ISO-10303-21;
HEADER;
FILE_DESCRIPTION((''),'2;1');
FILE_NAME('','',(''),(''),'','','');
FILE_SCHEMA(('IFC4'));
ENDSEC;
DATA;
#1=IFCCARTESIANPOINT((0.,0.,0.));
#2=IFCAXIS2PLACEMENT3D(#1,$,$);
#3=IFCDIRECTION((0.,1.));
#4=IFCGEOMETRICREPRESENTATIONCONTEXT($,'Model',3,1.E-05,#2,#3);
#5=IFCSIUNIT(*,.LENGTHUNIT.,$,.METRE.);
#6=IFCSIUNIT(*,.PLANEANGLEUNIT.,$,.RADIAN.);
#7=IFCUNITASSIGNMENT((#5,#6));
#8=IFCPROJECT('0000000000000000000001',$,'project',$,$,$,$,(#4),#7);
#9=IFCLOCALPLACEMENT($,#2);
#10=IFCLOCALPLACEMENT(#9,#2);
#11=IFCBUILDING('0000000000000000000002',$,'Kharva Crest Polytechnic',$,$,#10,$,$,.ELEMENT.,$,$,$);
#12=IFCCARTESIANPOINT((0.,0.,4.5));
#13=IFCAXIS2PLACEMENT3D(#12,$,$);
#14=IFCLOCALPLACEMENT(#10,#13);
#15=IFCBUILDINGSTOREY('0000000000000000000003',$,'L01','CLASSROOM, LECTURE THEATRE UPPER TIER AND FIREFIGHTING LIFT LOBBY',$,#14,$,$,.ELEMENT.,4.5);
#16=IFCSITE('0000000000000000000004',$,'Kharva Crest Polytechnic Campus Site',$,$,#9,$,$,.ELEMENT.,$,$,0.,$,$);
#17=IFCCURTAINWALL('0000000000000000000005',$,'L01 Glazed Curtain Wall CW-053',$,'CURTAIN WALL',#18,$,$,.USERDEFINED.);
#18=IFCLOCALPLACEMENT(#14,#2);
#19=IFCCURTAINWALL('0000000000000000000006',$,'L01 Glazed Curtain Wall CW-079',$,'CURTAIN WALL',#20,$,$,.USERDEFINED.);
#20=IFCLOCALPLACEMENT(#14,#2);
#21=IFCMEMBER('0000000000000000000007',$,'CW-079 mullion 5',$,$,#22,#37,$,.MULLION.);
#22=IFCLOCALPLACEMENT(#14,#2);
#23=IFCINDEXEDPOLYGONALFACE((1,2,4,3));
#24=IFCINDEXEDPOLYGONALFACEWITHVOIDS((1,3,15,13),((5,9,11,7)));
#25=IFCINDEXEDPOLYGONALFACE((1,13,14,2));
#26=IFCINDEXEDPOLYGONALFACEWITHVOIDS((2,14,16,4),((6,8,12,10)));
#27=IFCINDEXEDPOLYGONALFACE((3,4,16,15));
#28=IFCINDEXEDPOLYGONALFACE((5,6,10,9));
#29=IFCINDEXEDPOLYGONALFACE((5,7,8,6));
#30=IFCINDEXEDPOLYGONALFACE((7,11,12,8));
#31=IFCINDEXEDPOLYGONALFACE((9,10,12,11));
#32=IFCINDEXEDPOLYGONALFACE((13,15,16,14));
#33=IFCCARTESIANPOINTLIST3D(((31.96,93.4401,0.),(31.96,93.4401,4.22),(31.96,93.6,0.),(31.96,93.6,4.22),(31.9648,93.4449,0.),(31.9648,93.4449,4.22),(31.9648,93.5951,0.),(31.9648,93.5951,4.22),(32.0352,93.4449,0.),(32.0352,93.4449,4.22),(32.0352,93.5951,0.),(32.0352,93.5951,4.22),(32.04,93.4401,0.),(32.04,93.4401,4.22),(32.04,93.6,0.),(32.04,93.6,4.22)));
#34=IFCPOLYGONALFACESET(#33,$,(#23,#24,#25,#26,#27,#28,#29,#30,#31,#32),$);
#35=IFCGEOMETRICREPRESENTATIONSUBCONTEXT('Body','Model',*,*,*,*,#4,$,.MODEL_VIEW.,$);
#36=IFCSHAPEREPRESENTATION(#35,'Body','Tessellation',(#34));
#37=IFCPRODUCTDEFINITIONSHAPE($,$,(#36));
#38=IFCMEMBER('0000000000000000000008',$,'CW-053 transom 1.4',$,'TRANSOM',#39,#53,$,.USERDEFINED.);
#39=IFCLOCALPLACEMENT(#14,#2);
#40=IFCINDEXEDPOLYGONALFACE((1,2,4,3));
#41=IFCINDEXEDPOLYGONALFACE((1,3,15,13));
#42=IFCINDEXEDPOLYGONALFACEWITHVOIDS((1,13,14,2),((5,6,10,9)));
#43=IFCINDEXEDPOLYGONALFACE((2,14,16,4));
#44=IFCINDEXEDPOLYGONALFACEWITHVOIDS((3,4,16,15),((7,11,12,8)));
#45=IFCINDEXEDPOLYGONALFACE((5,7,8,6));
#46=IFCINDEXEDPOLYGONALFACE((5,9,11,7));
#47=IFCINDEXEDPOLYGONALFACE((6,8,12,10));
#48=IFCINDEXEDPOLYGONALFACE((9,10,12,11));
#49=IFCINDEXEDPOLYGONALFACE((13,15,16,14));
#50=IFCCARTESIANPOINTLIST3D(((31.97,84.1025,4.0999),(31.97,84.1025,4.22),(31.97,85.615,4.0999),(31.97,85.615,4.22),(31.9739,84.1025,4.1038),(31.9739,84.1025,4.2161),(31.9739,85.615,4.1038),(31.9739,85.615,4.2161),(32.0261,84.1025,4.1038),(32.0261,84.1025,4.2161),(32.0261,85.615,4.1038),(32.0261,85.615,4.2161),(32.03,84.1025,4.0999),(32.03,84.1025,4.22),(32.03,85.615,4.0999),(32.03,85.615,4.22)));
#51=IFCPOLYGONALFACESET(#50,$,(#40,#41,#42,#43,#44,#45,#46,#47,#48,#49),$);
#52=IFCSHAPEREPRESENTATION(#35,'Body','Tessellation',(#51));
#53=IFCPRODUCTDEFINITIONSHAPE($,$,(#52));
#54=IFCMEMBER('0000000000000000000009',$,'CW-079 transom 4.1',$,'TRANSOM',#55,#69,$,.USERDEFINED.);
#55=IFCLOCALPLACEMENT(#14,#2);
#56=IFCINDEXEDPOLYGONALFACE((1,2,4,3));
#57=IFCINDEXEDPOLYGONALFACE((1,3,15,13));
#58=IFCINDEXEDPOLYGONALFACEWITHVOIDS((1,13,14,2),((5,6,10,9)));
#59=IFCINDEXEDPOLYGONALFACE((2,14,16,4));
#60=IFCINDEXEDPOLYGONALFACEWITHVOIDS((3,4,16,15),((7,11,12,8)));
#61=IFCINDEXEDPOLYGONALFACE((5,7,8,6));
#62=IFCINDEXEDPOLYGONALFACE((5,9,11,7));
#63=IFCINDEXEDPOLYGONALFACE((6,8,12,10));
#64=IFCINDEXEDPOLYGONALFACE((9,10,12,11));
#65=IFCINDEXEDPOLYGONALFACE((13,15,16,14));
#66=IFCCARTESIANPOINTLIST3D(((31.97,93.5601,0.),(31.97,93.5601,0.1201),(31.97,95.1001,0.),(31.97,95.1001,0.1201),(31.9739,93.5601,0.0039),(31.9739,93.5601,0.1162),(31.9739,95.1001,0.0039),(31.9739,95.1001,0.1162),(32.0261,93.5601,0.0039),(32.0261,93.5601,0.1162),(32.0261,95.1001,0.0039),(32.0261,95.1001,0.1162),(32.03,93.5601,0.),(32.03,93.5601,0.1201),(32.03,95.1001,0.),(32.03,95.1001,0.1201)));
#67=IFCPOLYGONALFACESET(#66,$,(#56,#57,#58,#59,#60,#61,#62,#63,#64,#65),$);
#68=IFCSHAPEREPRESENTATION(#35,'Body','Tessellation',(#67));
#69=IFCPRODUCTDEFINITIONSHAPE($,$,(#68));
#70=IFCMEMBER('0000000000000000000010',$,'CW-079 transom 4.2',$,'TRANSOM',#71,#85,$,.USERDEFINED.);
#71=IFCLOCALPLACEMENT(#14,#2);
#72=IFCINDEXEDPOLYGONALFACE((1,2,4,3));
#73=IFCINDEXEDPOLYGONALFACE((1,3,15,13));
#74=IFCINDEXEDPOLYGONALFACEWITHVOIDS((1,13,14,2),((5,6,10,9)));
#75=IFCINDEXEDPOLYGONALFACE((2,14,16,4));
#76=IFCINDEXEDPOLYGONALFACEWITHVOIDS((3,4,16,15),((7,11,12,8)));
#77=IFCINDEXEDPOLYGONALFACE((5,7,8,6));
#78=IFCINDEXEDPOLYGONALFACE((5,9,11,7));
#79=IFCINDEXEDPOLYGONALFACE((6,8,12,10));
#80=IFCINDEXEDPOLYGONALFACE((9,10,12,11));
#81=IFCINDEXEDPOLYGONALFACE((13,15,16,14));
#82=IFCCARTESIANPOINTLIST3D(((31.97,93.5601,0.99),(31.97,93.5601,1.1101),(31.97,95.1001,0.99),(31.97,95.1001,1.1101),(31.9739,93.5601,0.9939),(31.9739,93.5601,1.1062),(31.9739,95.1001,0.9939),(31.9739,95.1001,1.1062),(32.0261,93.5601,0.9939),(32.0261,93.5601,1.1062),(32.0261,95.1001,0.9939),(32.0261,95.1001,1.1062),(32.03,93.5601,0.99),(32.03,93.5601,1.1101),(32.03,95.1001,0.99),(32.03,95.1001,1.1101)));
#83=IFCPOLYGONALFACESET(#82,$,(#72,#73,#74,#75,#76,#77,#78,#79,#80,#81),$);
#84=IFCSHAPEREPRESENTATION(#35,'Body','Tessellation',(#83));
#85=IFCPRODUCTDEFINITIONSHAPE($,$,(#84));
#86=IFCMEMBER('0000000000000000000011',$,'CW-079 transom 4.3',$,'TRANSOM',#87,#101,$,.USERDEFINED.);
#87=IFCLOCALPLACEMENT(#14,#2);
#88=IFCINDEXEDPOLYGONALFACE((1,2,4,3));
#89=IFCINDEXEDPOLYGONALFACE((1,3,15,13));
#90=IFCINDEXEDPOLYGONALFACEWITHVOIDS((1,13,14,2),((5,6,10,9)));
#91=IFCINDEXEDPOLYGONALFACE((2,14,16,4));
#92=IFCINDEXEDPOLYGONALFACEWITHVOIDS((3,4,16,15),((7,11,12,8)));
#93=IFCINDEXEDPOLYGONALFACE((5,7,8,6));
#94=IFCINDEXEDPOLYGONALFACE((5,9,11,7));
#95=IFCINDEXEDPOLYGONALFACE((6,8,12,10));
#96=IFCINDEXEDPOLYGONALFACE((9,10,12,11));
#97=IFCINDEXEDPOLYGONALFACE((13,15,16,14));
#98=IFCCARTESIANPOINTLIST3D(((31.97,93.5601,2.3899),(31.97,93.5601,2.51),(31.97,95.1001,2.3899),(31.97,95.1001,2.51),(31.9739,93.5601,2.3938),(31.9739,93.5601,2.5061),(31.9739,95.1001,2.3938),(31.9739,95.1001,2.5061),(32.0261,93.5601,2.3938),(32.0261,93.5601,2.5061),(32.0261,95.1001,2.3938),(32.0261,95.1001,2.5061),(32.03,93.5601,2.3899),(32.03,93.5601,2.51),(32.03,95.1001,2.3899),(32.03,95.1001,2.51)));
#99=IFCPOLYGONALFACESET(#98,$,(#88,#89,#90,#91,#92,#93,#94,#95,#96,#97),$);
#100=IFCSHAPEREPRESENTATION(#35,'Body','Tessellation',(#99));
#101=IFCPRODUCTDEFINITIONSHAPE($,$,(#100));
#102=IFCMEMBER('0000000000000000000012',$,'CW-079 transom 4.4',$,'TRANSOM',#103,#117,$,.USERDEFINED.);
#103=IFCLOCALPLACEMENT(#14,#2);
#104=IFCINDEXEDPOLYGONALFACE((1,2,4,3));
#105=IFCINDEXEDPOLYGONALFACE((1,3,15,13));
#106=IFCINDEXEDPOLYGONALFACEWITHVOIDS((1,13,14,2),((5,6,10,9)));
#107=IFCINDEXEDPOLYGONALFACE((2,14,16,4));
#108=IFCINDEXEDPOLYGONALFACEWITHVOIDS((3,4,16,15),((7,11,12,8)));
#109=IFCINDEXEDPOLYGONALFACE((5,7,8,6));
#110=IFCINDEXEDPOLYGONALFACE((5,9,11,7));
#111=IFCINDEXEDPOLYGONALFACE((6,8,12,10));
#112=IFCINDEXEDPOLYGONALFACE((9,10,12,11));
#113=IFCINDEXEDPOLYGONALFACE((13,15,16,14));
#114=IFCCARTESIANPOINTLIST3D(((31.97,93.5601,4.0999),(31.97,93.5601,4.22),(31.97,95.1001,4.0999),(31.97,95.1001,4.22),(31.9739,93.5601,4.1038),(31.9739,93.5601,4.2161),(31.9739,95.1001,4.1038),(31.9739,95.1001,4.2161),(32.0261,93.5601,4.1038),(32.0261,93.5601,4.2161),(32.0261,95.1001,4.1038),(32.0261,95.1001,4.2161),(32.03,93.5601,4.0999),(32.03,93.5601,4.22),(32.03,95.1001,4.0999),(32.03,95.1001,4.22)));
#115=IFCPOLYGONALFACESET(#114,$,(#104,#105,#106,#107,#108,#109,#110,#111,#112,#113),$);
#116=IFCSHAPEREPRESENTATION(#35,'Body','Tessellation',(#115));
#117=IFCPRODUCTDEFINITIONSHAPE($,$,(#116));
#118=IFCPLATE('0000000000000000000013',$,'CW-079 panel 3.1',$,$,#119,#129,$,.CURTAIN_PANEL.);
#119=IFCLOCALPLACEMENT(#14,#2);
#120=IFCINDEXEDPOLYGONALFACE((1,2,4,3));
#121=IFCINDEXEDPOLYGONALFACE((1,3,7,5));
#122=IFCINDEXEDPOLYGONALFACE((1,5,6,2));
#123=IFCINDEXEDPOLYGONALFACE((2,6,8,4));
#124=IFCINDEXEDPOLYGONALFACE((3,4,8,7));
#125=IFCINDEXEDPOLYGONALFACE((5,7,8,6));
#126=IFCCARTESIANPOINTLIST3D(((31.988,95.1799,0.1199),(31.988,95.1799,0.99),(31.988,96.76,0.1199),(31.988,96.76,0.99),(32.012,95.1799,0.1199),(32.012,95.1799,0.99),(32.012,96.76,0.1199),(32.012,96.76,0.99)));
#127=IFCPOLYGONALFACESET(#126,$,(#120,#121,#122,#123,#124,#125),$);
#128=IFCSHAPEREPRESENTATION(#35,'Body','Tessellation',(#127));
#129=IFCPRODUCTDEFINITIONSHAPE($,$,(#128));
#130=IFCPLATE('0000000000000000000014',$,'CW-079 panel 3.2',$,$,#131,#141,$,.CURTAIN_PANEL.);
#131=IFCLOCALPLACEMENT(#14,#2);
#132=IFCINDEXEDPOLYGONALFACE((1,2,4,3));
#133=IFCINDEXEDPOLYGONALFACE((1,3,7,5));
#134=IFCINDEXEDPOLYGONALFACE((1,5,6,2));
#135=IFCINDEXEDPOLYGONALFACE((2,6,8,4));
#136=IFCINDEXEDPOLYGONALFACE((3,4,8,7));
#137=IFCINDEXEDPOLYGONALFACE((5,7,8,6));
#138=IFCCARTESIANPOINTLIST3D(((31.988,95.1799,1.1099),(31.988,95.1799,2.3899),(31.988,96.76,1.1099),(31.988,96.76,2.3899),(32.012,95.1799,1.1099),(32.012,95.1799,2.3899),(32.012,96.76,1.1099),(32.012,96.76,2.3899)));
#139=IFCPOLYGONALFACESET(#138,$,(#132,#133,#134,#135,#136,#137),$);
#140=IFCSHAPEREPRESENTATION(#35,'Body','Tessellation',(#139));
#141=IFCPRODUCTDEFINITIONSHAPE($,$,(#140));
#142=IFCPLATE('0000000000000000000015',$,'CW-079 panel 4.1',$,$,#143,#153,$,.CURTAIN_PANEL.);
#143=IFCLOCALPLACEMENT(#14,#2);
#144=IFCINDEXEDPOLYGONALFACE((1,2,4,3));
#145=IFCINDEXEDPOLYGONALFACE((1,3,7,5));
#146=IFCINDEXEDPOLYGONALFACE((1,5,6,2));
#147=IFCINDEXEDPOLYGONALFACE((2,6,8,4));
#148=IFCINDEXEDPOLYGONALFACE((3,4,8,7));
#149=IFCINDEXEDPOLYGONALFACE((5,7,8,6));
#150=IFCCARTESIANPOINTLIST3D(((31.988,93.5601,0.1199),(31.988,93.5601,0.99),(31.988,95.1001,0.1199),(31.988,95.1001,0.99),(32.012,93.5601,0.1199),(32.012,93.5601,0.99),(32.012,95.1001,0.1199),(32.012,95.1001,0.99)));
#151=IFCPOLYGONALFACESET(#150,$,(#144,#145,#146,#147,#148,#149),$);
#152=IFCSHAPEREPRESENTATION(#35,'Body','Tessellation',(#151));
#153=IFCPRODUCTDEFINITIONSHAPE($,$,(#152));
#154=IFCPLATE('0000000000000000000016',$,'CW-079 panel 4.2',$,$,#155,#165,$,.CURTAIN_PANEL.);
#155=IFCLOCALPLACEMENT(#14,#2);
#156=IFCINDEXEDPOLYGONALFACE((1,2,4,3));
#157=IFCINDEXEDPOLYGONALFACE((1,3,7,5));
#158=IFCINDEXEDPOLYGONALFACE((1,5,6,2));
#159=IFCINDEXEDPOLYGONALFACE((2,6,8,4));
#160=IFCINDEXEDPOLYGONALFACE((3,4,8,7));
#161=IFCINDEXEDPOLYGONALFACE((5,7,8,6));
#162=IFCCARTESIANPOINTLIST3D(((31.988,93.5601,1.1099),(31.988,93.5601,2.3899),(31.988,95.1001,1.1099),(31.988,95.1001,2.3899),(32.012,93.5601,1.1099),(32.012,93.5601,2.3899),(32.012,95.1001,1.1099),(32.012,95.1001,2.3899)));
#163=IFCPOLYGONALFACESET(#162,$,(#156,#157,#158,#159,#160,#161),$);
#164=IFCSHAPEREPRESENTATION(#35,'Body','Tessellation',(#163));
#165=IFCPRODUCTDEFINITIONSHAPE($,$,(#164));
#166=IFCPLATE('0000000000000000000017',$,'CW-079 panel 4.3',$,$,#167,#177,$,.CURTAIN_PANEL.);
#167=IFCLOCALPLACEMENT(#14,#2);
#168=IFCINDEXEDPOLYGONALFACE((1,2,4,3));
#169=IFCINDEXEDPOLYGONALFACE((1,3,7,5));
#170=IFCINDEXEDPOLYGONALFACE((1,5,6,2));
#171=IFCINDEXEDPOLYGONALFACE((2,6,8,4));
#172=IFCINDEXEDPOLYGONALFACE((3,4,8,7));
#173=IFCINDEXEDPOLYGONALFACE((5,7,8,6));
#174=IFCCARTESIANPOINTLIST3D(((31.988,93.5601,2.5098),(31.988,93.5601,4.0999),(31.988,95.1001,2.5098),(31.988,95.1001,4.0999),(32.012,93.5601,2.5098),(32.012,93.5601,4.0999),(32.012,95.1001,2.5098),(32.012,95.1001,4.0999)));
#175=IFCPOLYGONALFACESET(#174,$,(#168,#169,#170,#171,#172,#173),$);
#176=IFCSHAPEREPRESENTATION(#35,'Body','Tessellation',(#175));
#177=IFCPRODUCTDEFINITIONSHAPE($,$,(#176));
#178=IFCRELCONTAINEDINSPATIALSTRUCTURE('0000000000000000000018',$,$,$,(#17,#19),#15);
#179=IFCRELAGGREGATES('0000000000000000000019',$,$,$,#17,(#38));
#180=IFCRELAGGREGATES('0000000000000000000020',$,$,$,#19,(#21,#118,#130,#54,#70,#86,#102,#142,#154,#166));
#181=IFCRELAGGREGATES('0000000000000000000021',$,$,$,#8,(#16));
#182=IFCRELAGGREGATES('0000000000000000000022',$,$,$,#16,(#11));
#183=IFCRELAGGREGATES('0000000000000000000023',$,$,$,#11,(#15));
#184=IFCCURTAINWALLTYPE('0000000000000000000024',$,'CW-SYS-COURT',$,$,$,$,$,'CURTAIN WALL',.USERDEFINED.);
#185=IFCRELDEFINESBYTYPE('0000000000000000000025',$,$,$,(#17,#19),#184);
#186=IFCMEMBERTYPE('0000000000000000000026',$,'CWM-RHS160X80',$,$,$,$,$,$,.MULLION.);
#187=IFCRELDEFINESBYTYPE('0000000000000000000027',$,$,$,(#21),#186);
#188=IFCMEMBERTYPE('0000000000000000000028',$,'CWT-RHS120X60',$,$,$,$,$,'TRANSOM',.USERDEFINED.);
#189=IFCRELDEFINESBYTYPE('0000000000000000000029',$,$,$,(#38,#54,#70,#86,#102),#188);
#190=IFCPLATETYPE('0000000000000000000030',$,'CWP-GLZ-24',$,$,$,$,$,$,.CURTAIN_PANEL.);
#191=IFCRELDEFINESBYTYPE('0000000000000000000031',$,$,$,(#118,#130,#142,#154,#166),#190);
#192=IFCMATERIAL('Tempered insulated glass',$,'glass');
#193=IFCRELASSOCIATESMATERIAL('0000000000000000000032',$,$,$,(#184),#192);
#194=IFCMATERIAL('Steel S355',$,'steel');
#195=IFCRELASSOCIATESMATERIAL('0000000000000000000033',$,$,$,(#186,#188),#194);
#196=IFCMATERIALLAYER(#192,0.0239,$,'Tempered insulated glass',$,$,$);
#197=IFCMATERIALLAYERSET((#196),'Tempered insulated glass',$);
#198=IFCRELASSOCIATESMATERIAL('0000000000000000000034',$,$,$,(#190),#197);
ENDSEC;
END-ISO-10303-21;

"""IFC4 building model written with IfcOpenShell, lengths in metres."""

from ifc_helpers import new_model, si_unit, direction, frame, origin, origin_2d, place, context, subcontext, project, spatial, rectangle, hollow_rectangle, extrude, material, layer, layer_set, material_profile, profile_set, type_object, element, aggregate, save


model = new_model("IFC4")

# Units and contexts
model_context = context("Model", 3, precision=1e-05, world=origin(), true_north=direction((0.0, 1.0)))
body_context = subcontext(model_context, "Body", "Model", "MODEL_VIEW")
ifc_project = project(units=[si_unit("LENGTHUNIT", "METRE"), si_unit("PLANEANGLEUNIT", "RADIAN")], contexts=[model_context])

# Site, building, storey
site_placement = place(None, origin())
site = spatial("IfcSite", under=ifc_project, at=site_placement, Name="Kharva Crest Polytechnic Campus Site", CompositionType="ELEMENT", RefElevation=0.0)
building_placement = place(site_placement, origin())
building = spatial("IfcBuilding", under=site, at=building_placement, Name="Kharva Crest Polytechnic", CompositionType="ELEMENT")
storey_placement = place(building_placement, frame((0.0, 0.0, 4.5)))
storey = spatial("IfcBuildingStorey", under=building, at=storey_placement, Name="L01", Description="CLASSROOM, LECTURE THEATRE UPPER TIER AND FIREFIGHTING LIFT LOBBY", CompositionType="ELEMENT", Elevation=4.5)

# Shared definitions
ifc_material_1 = material(Name="Steel S355", Category="steel")

# Curtain wall
ifc_material_2 = material(Name="Tempered insulated glass", Category="glass")
curtain_wall_type = type_object("IfcCurtainWallType", Name="CW-SYS-COURT", ElementType="CURTAIN WALL", PredefinedType="USERDEFINED", material=ifc_material_2)
curtain_wall_1_placement = place(storey_placement, origin())
curtain_wall_1 = element("IfcCurtainWall", 1, at=curtain_wall_1_placement, inside=storey, type_object=curtain_wall_type, Name="L01 Glazed Curtain Wall CW-053", ObjectType="CURTAIN WALL", PredefinedType="USERDEFINED")
ifc_material_profile_1 = material_profile(ifc_material_1, hollow_rectangle(XDim=0.0801, YDim=0.1599, WallThickness=0.0049, at=origin_2d()), Name="RHS 160X80X5.0")
ifc_profile_set_1 = profile_set([ifc_material_profile_1], Name="Steel S355")
member_type_1 = type_object("IfcMemberType", Name="CWM-RHS160X80", PredefinedType="MULLION", material=ifc_profile_set_1)

# Curtain wall, member
curtain_wall_2_placement = place(storey_placement, origin())
curtain_wall_2 = element("IfcCurtainWall", 2, at=curtain_wall_2_placement, inside=storey, type_object=curtain_wall_type, Name="L01 Glazed Curtain Wall CW-079", ObjectType="CURTAIN WALL", PredefinedType="USERDEFINED")
member_1_placement = place(storey_placement, frame((32.0, 93.52, 0.0), z_axis=(0.0, 0.0, 1.0), x_axis=(1.0, 0.0, 0.0)))
member_1 = element("IfcMember", 3, at=member_1_placement, type_object=member_type_1, Name="CW-079 mullion 5", PredefinedType="MULLION", context=body_context, shape_type="SweptSolid", body=[
    extrude(hollow_rectangle(XDim=0.0801, YDim=0.1599, WallThickness=0.0049, at=origin_2d()), origin(), (0.0, 0.0, 1.0), 4.22),
])

# Members
ifc_material_profile_2 = material_profile(ifc_material_1, hollow_rectangle(XDim=0.0601, YDim=0.1201, WallThickness=0.0039, at=origin_2d()), Name="RHS 120X60X4.0")
ifc_profile_set_2 = profile_set([ifc_material_profile_2], Name="Steel S355")
member_type_2 = type_object("IfcMemberType", Name="CWT-RHS120X60", ElementType="TRANSOM", PredefinedType="USERDEFINED", material=ifc_profile_set_2)
member_2_placement = place(storey_placement, frame((32.0, 85.615, 4.1599), z_axis=(0.0, -1.0, 0.0), x_axis=(1.0, 0.0, 0.0)))
member_2 = element("IfcMember", 4, at=member_2_placement, type_object=member_type_2, Name="CW-053 transom 1.4", ObjectType="TRANSOM", PredefinedType="USERDEFINED", context=body_context, shape_type="SweptSolid", body=[
    extrude(hollow_rectangle(XDim=0.0601, YDim=0.1201, WallThickness=0.0039, at=origin_2d()), origin(), (0.0, 0.0, 1.0), 1.5125),
])
aggregate(curtain_wall_1, [member_2])
member_3_placement = place(storey_placement, frame((32.0, 95.1001, 0.0601), z_axis=(0.0, -1.0, 0.0), x_axis=(1.0, 0.0, 0.0)))
member_3 = element("IfcMember", 5, at=member_3_placement, type_object=member_type_2, Name="CW-079 transom 4.1", ObjectType="TRANSOM", PredefinedType="USERDEFINED", context=body_context, shape_type="SweptSolid", body=[
    extrude(hollow_rectangle(XDim=0.0601, YDim=0.1201, WallThickness=0.0039, at=origin_2d()), origin(), (0.0, 0.0, 1.0), 1.54),
])
member_4_placement = place(storey_placement, frame((32.0, 95.1001, 1.05), z_axis=(0.0, -1.0, 0.0), x_axis=(1.0, 0.0, 0.0)))
member_4 = element("IfcMember", 6, at=member_4_placement, type_object=member_type_2, Name="CW-079 transom 4.2", ObjectType="TRANSOM", PredefinedType="USERDEFINED", context=body_context, shape_type="SweptSolid", body=[
    extrude(hollow_rectangle(XDim=0.0601, YDim=0.1201, WallThickness=0.0039, at=origin_2d()), origin(), (0.0, 0.0, 1.0), 1.54),
])
member_5_placement = place(storey_placement, frame((32.0, 95.1001, 2.45), z_axis=(0.0, -1.0, 0.0), x_axis=(1.0, 0.0, 0.0)))
member_5 = element("IfcMember", 7, at=member_5_placement, type_object=member_type_2, Name="CW-079 transom 4.3", ObjectType="TRANSOM", PredefinedType="USERDEFINED", context=body_context, shape_type="SweptSolid", body=[
    extrude(hollow_rectangle(XDim=0.0601, YDim=0.1201, WallThickness=0.0039, at=origin_2d()), origin(), (0.0, 0.0, 1.0), 1.54),
])
member_6_placement = place(storey_placement, frame((32.0, 95.1001, 4.1599), z_axis=(0.0, -1.0, 0.0), x_axis=(1.0, 0.0, 0.0)))
member_6 = element("IfcMember", 8, at=member_6_placement, type_object=member_type_2, Name="CW-079 transom 4.4", ObjectType="TRANSOM", PredefinedType="USERDEFINED", context=body_context, shape_type="SweptSolid", body=[
    extrude(hollow_rectangle(XDim=0.0601, YDim=0.1201, WallThickness=0.0039, at=origin_2d()), origin(), (0.0, 0.0, 1.0), 1.54),
])

# Plates
ifc_layer_1 = layer(ifc_material_2, 0.0239, Name="Tempered insulated glass")
ifc_layer_set_1 = layer_set([ifc_layer_1], Name="Tempered insulated glass")
plate_type = type_object("IfcPlateType", Name="CWP-GLZ-24", PredefinedType="CURTAIN_PANEL", material=ifc_layer_set_1)
plate_1_placement = place(storey_placement, frame((32.0, 95.97, 0.1199), z_axis=(0.0, 0.0, 1.0), x_axis=(0.0, -1.0, 0.0)))
plate_1 = element("IfcPlate", 9, at=plate_1_placement, type_object=plate_type, Name="CW-079 panel 3.1", PredefinedType="CURTAIN_PANEL", context=body_context, shape_type="SweptSolid", body=[
    extrude(rectangle(XDim=1.5801, YDim=0.0239, at=origin_2d()), origin(), (0.0, 0.0, 1.0), 0.8701),
])
plate_2_placement = place(storey_placement, frame((32.0, 95.97, 1.1099), z_axis=(0.0, 0.0, 1.0), x_axis=(0.0, -1.0, 0.0)))
plate_2 = element("IfcPlate", 10, at=plate_2_placement, type_object=plate_type, Name="CW-079 panel 3.2", PredefinedType="CURTAIN_PANEL", context=body_context, shape_type="SweptSolid", body=[
    extrude(rectangle(XDim=1.5801, YDim=0.0239, at=origin_2d()), origin(), (0.0, 0.0, 1.0), 1.28),
])
plate_3_placement = place(storey_placement, frame((32.0, 94.3301, 0.1199), z_axis=(0.0, 0.0, 1.0), x_axis=(0.0, -1.0, 0.0)))
plate_3 = element("IfcPlate", 11, at=plate_3_placement, type_object=plate_type, Name="CW-079 panel 4.1", PredefinedType="CURTAIN_PANEL", context=body_context, shape_type="SweptSolid", body=[
    extrude(rectangle(XDim=1.54, YDim=0.0239, at=origin_2d()), origin(), (0.0, 0.0, 1.0), 0.8701),
])
plate_4_placement = place(storey_placement, frame((32.0, 94.3301, 1.1099), z_axis=(0.0, 0.0, 1.0), x_axis=(0.0, -1.0, 0.0)))
plate_4 = element("IfcPlate", 12, at=plate_4_placement, type_object=plate_type, Name="CW-079 panel 4.2", PredefinedType="CURTAIN_PANEL", context=body_context, shape_type="SweptSolid", body=[
    extrude(rectangle(XDim=1.54, YDim=0.0239, at=origin_2d()), origin(), (0.0, 0.0, 1.0), 1.28),
])
plate_5_placement = place(storey_placement, frame((32.0, 94.3301, 2.5098), z_axis=(0.0, 0.0, 1.0), x_axis=(0.0, -1.0, 0.0)))
plate_5 = element("IfcPlate", 13, at=plate_5_placement, type_object=plate_type, Name="CW-079 panel 4.3", PredefinedType="CURTAIN_PANEL", context=body_context, shape_type="SweptSolid", body=[
    extrude(rectangle(XDim=1.54, YDim=0.0239, at=origin_2d()), origin(), (0.0, 0.0, 1.0), 1.5901),
])
aggregate(curtain_wall_2, [member_1, plate_1, plate_2, member_3, member_4, member_5, member_6, plate_3, plate_4, plate_5])

save(model, "model.ifc")
